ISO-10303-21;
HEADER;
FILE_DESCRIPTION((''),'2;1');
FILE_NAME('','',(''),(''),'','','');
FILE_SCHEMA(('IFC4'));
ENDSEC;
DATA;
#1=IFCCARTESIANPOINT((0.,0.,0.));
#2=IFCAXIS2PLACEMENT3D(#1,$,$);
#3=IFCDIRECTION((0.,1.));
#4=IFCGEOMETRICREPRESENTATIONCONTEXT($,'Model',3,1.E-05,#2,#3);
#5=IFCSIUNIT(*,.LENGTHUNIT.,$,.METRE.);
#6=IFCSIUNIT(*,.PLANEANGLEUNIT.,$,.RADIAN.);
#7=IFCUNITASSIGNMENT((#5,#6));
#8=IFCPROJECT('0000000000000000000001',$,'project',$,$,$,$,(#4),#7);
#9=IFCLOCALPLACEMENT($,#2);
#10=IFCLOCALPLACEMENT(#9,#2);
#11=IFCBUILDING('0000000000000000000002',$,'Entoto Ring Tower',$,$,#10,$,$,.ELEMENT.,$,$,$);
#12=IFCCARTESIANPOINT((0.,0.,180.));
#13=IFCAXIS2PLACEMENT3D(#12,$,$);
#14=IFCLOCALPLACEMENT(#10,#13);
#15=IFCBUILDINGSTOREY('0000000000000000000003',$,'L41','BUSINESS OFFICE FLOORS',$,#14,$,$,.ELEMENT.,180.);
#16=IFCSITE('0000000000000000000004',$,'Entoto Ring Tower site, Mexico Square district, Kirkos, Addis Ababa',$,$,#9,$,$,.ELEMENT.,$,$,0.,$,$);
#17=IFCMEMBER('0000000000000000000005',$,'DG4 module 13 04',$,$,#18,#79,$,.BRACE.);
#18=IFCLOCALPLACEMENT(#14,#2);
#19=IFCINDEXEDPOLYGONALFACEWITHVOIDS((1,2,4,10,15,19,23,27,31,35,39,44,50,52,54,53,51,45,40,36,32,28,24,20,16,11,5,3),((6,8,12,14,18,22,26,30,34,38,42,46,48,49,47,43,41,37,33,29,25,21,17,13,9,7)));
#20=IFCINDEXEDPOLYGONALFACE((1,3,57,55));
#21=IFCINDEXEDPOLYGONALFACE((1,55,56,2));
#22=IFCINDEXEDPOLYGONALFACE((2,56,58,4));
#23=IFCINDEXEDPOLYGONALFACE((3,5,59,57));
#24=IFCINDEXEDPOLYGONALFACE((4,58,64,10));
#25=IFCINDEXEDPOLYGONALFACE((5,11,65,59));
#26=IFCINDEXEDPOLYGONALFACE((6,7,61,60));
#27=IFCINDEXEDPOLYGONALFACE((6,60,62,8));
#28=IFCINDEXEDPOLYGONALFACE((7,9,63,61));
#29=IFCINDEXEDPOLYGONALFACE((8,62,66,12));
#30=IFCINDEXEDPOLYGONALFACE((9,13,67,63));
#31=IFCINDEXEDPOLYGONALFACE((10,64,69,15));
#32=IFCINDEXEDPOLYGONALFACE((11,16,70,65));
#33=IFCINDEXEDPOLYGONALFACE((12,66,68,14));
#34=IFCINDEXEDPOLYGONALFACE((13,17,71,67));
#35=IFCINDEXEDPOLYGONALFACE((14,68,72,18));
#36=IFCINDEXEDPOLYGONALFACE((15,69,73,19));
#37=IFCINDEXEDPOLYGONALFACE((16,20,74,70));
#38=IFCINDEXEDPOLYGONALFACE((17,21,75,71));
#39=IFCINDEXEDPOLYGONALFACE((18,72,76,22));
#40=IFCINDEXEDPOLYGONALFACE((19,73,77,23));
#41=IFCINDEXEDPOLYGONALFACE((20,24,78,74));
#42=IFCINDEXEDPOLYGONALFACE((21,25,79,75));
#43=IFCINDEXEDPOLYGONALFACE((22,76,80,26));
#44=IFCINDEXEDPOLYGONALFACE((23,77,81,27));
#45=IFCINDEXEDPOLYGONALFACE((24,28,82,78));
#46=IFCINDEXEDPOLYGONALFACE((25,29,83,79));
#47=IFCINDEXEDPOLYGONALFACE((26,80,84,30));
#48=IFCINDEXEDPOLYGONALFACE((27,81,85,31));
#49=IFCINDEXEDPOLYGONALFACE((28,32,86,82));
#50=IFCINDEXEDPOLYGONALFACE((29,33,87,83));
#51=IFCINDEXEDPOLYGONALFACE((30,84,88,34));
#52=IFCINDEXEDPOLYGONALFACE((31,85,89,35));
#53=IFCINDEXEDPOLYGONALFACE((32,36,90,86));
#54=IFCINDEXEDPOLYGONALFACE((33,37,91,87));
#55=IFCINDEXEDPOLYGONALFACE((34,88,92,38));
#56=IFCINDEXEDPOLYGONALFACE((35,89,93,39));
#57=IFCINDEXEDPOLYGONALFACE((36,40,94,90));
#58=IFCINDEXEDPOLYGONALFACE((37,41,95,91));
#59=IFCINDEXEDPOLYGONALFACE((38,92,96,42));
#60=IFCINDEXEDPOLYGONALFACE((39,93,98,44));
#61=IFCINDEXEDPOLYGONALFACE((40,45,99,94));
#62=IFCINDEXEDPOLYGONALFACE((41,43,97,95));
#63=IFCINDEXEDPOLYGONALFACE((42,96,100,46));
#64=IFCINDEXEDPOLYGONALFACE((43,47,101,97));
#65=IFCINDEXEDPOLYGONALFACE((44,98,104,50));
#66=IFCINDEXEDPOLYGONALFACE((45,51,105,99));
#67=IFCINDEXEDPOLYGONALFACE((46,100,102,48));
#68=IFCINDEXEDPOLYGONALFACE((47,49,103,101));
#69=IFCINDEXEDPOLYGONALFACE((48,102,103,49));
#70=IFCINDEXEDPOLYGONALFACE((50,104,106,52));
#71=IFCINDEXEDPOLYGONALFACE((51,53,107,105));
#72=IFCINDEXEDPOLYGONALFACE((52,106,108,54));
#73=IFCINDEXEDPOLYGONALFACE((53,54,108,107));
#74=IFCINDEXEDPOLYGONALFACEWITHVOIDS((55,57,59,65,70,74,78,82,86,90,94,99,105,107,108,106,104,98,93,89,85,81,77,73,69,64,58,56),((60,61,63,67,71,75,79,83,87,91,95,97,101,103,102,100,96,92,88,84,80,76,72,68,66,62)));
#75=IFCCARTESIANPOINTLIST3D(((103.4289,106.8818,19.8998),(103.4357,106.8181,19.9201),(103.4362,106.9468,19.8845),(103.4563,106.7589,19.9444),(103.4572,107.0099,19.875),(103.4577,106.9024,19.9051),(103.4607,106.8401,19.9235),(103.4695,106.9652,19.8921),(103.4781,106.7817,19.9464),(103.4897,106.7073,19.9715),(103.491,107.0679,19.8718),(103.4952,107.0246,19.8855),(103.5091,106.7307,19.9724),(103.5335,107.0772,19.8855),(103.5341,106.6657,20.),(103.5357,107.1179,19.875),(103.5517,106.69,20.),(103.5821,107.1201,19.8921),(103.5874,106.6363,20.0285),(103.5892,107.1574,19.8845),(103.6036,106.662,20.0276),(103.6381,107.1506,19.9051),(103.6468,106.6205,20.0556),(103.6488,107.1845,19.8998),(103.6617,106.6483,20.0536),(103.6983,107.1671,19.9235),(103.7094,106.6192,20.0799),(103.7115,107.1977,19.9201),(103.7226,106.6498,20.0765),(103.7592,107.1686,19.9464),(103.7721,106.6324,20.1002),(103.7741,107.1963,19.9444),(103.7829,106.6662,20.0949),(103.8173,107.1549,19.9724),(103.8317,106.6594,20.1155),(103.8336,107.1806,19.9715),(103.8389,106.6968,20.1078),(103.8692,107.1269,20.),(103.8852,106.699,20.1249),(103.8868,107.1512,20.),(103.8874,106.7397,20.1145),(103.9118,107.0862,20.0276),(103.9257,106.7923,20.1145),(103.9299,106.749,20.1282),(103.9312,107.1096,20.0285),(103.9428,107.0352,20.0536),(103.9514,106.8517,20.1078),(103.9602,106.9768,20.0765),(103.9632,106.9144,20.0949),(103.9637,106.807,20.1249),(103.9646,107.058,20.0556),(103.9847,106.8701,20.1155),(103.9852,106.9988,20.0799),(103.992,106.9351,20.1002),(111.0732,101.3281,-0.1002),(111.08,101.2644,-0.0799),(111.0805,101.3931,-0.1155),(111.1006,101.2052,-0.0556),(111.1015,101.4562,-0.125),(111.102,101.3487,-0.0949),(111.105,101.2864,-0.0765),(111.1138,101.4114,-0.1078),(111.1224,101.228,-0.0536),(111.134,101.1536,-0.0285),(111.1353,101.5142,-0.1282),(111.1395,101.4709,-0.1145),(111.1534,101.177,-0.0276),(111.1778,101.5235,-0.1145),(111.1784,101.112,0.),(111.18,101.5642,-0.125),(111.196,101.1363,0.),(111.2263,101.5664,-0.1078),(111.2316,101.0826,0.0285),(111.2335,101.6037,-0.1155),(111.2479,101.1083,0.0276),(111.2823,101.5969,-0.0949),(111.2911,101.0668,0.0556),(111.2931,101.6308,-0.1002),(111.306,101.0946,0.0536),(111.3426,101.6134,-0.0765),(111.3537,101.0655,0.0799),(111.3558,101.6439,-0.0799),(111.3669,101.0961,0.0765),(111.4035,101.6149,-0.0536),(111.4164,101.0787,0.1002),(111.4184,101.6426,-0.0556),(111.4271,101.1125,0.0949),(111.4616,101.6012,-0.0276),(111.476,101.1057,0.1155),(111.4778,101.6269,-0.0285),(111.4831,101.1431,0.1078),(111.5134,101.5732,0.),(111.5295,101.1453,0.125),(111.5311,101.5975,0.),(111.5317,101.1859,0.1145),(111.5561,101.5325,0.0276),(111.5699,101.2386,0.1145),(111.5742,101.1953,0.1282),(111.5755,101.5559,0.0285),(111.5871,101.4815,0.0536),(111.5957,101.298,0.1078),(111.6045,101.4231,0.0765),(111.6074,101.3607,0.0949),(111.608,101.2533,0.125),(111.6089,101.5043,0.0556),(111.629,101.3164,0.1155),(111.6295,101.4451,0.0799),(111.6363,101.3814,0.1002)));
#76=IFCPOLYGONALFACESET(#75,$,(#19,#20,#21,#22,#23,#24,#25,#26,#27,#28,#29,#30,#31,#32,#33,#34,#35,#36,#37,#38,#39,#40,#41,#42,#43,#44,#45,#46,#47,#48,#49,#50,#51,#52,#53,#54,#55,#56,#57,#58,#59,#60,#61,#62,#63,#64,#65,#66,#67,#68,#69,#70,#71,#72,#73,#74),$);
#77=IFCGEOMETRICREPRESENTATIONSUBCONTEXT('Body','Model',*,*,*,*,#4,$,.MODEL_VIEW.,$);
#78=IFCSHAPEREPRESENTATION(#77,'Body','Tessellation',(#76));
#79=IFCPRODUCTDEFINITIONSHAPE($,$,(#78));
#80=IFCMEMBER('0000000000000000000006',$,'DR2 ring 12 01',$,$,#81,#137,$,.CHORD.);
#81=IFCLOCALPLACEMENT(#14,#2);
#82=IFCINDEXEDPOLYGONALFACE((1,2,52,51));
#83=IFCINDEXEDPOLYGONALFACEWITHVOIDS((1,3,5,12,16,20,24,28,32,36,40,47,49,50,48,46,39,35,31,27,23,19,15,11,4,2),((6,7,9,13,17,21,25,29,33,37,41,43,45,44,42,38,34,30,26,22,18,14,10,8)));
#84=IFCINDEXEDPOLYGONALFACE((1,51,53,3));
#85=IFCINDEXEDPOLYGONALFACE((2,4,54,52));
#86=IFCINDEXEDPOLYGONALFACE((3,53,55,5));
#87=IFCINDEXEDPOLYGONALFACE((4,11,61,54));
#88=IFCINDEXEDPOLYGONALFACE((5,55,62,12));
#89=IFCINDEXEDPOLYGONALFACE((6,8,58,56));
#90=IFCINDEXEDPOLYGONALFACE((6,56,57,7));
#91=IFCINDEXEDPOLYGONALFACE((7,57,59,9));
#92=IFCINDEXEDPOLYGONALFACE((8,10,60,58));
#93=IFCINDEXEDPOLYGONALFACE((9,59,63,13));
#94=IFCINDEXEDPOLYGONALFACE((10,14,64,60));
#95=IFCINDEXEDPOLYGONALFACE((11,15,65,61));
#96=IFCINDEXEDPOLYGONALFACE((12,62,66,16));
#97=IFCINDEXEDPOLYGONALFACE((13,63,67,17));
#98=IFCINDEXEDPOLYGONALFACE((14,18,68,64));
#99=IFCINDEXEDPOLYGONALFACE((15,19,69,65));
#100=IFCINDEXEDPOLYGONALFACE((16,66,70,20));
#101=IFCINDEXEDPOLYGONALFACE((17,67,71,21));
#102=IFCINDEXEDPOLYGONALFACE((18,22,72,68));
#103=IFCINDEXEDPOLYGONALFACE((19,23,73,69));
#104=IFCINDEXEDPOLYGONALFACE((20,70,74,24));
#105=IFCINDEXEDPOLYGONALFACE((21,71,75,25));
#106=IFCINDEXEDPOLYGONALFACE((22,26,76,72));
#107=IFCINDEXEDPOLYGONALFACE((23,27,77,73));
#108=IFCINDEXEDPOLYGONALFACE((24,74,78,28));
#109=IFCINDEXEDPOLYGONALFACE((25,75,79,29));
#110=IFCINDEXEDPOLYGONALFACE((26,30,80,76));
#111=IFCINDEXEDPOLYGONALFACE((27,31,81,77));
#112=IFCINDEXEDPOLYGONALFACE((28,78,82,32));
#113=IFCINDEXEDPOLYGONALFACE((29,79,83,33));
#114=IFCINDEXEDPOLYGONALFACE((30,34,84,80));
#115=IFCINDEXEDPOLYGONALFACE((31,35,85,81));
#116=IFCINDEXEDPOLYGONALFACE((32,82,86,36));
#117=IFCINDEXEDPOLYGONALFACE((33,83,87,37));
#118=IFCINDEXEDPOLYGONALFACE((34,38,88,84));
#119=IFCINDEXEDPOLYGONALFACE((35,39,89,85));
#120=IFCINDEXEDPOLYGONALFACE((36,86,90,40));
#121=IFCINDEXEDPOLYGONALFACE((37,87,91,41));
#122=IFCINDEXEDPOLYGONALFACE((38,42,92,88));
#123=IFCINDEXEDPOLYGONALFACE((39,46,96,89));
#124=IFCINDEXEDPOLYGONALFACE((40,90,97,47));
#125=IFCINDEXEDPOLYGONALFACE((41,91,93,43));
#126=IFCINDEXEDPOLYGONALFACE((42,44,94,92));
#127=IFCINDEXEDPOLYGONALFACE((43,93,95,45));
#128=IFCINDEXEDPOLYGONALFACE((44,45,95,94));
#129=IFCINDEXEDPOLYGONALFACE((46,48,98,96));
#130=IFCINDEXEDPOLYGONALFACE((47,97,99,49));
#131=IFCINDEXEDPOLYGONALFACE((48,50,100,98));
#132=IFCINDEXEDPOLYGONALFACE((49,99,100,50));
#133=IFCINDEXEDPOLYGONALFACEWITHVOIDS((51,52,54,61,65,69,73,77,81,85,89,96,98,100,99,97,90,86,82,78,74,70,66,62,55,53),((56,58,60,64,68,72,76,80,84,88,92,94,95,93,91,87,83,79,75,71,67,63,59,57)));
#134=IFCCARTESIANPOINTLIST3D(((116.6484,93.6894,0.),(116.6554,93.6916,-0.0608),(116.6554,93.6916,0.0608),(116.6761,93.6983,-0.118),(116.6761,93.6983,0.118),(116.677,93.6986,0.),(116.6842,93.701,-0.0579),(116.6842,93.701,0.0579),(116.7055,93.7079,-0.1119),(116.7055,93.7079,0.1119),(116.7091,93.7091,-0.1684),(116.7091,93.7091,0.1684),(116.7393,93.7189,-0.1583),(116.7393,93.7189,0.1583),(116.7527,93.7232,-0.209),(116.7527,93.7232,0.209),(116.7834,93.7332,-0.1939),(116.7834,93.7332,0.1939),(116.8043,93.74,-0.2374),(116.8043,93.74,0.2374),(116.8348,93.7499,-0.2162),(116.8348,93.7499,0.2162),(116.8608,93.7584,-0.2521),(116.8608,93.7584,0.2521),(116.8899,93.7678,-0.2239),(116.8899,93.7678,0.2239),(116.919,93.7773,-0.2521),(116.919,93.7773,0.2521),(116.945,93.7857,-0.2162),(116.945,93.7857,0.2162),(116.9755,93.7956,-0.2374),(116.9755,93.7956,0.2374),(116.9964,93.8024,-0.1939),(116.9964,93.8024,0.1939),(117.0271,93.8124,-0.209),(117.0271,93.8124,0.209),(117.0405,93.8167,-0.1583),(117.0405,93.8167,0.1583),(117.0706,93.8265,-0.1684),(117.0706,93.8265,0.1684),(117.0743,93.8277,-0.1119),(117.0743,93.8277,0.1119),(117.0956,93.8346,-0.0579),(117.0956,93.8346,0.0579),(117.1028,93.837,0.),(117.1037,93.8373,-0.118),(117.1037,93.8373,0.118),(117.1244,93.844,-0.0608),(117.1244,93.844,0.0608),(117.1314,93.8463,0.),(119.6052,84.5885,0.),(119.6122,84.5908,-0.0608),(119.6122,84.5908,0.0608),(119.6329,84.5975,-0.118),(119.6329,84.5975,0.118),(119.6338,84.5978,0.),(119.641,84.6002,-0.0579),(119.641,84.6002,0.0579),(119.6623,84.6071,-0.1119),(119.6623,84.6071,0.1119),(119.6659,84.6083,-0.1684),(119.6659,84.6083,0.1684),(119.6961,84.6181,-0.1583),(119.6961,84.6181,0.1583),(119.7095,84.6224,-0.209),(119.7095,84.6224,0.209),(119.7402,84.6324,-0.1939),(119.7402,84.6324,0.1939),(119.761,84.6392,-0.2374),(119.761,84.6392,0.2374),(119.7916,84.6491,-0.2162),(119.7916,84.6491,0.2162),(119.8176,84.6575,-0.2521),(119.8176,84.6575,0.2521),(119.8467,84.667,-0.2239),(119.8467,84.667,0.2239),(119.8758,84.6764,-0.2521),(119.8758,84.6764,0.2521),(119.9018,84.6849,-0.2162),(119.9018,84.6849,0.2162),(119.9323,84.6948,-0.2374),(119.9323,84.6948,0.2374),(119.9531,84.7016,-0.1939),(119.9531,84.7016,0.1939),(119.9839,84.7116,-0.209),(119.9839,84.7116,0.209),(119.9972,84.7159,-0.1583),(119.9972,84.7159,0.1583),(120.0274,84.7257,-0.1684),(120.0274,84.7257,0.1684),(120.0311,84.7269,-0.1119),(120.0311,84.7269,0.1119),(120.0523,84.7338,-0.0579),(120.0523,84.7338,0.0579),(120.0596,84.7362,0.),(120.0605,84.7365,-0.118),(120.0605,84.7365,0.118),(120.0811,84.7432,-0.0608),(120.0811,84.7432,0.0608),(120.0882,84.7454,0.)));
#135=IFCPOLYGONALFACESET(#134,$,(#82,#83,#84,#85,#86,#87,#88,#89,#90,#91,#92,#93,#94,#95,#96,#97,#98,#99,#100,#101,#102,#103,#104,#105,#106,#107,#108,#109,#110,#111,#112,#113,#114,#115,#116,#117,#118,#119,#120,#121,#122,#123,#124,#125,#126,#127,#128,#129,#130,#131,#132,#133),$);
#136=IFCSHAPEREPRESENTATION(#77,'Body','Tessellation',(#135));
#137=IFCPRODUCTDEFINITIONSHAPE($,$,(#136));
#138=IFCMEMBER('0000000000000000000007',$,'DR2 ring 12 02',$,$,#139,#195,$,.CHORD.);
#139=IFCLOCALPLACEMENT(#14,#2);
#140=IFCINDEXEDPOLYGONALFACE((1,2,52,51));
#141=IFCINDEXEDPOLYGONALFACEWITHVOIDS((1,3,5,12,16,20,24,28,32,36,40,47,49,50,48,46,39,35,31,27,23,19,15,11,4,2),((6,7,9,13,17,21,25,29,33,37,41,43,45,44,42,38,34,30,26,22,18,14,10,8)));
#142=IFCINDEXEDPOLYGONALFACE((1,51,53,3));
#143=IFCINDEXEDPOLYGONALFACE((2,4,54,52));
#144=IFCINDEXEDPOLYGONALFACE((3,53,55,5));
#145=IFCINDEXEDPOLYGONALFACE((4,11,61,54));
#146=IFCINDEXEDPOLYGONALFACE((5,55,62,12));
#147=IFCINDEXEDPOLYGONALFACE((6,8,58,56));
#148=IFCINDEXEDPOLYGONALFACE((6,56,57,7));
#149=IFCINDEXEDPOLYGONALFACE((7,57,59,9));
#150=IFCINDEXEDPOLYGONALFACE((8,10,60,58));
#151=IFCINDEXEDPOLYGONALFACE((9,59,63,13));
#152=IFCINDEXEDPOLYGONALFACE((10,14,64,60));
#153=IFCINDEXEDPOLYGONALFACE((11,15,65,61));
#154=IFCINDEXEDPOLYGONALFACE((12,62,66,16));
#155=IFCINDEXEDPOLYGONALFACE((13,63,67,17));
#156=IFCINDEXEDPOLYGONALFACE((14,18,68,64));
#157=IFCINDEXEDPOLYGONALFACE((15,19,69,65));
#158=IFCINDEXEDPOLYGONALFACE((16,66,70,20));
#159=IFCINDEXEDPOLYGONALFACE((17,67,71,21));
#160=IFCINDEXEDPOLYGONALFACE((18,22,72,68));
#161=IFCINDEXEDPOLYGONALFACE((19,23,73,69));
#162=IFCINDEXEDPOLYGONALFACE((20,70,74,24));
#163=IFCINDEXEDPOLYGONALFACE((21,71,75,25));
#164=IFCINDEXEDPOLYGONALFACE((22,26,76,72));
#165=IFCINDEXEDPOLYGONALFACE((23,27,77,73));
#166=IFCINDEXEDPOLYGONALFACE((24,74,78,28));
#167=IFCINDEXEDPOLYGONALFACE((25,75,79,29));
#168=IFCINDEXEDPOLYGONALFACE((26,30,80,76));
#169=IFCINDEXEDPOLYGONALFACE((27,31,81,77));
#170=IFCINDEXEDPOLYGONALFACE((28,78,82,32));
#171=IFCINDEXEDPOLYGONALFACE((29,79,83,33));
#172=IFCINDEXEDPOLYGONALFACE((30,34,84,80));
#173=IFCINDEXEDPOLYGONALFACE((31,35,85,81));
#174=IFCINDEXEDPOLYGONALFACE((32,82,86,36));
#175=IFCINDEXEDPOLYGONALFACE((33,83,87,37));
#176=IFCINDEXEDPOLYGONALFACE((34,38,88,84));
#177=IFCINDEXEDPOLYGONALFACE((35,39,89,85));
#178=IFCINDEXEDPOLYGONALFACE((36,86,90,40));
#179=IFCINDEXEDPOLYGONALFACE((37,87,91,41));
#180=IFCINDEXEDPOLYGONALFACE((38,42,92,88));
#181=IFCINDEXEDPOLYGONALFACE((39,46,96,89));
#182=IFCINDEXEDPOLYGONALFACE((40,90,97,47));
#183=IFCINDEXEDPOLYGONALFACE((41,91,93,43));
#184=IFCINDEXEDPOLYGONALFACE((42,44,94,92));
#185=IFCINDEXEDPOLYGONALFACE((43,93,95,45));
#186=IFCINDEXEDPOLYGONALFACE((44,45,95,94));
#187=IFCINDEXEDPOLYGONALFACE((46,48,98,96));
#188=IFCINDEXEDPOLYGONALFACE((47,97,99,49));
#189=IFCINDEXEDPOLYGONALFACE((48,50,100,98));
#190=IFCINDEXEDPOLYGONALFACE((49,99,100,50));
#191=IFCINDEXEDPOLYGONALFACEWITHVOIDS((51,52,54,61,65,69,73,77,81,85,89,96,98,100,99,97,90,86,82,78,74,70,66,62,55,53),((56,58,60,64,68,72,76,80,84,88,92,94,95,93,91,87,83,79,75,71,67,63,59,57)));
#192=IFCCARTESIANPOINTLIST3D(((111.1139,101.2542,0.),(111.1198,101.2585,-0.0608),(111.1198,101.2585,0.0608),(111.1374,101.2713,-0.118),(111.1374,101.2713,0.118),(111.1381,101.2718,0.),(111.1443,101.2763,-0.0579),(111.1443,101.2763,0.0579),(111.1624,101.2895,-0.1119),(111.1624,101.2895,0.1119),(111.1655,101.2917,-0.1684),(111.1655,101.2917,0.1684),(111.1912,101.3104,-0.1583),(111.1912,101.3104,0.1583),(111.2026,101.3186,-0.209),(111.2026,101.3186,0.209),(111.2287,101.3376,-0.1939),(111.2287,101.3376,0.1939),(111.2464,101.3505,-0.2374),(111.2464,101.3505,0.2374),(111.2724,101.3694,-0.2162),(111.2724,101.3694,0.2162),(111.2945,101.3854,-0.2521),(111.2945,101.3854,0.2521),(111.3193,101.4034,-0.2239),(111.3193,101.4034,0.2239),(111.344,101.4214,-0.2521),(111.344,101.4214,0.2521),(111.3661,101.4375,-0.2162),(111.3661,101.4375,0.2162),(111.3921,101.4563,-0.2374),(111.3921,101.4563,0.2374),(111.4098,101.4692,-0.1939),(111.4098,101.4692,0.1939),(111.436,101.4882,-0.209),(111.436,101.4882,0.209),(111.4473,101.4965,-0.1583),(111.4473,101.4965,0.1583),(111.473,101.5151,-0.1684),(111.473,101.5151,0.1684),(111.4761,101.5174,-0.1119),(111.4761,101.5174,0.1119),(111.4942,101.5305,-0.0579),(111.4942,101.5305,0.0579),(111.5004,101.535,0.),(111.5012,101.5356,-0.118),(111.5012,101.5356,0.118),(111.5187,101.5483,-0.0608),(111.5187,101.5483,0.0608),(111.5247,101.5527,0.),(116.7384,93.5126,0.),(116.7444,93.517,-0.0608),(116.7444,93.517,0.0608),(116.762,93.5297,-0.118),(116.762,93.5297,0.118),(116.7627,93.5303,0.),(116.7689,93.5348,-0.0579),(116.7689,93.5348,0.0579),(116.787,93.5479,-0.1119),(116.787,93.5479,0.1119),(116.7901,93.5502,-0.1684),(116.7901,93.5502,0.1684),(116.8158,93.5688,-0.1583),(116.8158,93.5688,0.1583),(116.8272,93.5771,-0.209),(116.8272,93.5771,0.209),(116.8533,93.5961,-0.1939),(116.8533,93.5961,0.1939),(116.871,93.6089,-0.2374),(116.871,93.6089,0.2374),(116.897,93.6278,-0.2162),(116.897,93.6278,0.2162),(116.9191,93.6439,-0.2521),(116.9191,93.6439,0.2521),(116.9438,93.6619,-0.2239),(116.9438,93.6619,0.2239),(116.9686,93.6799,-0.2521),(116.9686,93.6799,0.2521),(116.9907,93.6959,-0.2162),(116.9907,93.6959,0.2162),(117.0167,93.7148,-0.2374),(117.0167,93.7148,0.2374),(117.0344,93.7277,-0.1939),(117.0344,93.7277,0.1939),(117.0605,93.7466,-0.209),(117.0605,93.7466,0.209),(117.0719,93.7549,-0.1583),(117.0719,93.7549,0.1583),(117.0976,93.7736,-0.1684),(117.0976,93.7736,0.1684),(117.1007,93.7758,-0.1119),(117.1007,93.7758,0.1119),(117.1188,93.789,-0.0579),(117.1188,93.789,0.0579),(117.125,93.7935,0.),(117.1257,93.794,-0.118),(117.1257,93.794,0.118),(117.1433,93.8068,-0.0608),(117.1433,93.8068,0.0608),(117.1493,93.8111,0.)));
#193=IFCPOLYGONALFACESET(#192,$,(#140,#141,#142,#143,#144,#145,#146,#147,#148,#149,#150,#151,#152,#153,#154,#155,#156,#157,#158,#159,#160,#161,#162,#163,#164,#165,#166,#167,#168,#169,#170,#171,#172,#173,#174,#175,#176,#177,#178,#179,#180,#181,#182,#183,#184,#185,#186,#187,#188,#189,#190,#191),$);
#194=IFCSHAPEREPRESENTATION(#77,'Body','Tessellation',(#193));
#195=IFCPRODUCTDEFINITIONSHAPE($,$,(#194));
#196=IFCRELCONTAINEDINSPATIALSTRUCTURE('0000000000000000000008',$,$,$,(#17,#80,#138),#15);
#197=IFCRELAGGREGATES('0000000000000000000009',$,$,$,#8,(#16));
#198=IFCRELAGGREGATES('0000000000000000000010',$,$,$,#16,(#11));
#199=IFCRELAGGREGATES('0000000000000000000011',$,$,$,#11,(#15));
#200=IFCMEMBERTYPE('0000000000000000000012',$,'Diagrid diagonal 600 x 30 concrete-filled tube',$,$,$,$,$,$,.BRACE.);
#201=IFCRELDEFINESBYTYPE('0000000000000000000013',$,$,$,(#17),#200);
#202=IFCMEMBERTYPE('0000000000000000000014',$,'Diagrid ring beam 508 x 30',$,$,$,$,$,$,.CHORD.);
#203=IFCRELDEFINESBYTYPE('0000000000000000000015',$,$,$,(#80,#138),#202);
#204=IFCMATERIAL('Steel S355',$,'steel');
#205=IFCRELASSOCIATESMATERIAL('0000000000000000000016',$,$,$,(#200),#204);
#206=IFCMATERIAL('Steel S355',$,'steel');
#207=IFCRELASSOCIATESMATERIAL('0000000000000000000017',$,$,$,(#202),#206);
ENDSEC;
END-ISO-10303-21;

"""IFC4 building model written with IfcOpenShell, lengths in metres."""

from ifc_helpers import new_model, si_unit, direction, frame, origin, origin_2d, place, context, subcontext, project, spatial, circle, hollow_circle, extrude, material, material_profile, profile_set, type_object, element, save


model = new_model("IFC4")

# Units and contexts
model_context = context("Model", 3, precision=1e-05, world=origin(), true_north=direction((0.0, 1.0)))
body_context = subcontext(model_context, "Body", "Model", "MODEL_VIEW")
ifc_project = project(units=[si_unit("LENGTHUNIT", "METRE"), si_unit("PLANEANGLEUNIT", "RADIAN")], contexts=[model_context])

# Site, building, storey
site_placement = place(None, origin())
site = spatial("IfcSite", under=ifc_project, at=site_placement, Name="Entoto Ring Tower site, Mexico Square district, Kirkos, Addis Ababa", CompositionType="ELEMENT", RefElevation=0.0)
building_placement = place(site_placement, origin())
building = spatial("IfcBuilding", under=site, at=building_placement, Name="Entoto Ring Tower", CompositionType="ELEMENT")
storey_placement = place(building_placement, frame((0.0, 0.0, 180.0)))
storey = spatial("IfcBuildingStorey", under=building, at=storey_placement, Name="L41", Description="BUSINESS OFFICE FLOORS", CompositionType="ELEMENT", Elevation=180.0)

# Members
ifc_material_1 = material(Name="Steel S355", Category="steel")
ifc_material_profile_1 = material_profile(ifc_material_1, hollow_circle(Radius=0.3, WallThickness=0.03, at=origin_2d()), Name="CHS 600 x 30")
ifc_material_2 = material(Name="Concrete C60/75", Category="concrete")
ifc_material_profile_2 = material_profile(ifc_material_2, circle(Radius=0.27, at=origin_2d()), Name="Concrete C60/75 infill")
ifc_profile_set_1 = profile_set([ifc_material_profile_1, ifc_material_profile_2], Name="Steel S355")
member_type_1 = type_object("IfcMemberType", Name="Diagrid diagonal 600 x 30 concrete-filled tube", PredefinedType="BRACE", material=ifc_profile_set_1)
for number, where, z_axis, x_axis, name in (
    (1, (111.3547, 101.3547, 0.0), (-0.345588, 0.251076, 0.904174), (-0.587772, -0.809026, 0.0), "DG4 module 13 04"),
):
    element("IfcMember", number, at=place(storey_placement, frame(where, z_axis=z_axis, x_axis=x_axis)), inside=storey, type_object=member_type_1, Name=name, PredefinedType="BRACE", context=body_context, shape_type="SweptSolid", body=[
        extrude(hollow_circle(Radius=0.3, WallThickness=0.03, at=origin_2d()), origin(), (0.0, 0.0, 1.0), 22.1196),
    ])
ifc_material_3 = material(Name="Steel S355", Category="steel")
ifc_material_profile_3 = material_profile(ifc_material_3, hollow_circle(Radius=0.2539, WallThickness=0.03, at=origin_2d()), Name="CHS 508 x 30")
ifc_material_4 = material(Name="Concrete C60/75", Category="concrete")
ifc_material_profile_4 = material_profile(ifc_material_4, circle(Radius=0.2241, at=origin_2d()), Name="Concrete C60/75 infill")
ifc_profile_set_2 = profile_set([ifc_material_profile_3, ifc_material_profile_4], Name="Steel S355")
member_type_2 = type_object("IfcMemberType", Name="Diagrid ring beam 508 x 30", PredefinedType="CHORD", material=ifc_profile_set_2)
for number, where, z_axis, x_axis, name in (
    (2, (119.8467, 84.667, 0.0), (-0.308993, 0.951064, 0.0), (-0.951064, -0.308993, 0.0), "DR2 ring 12 01"),
    (3, (116.9438, 93.6619, 0.0), (-0.587786, 0.809016, 0.0), (-0.809016, -0.587786, 0.0), "DR2 ring 12 02"),
):
    element("IfcMember", number, at=place(storey_placement, frame(where, z_axis=z_axis, x_axis=x_axis)), inside=storey, type_object=member_type_2, Name=name, PredefinedType="CHORD", context=body_context, shape_type="SweptSolid", body=[
        extrude(hollow_circle(Radius=0.2539, WallThickness=0.03, at=origin_2d()), origin(), (0.0, 0.0, 1.0), 9.5691),
    ])

save(model, "model.ifc")
